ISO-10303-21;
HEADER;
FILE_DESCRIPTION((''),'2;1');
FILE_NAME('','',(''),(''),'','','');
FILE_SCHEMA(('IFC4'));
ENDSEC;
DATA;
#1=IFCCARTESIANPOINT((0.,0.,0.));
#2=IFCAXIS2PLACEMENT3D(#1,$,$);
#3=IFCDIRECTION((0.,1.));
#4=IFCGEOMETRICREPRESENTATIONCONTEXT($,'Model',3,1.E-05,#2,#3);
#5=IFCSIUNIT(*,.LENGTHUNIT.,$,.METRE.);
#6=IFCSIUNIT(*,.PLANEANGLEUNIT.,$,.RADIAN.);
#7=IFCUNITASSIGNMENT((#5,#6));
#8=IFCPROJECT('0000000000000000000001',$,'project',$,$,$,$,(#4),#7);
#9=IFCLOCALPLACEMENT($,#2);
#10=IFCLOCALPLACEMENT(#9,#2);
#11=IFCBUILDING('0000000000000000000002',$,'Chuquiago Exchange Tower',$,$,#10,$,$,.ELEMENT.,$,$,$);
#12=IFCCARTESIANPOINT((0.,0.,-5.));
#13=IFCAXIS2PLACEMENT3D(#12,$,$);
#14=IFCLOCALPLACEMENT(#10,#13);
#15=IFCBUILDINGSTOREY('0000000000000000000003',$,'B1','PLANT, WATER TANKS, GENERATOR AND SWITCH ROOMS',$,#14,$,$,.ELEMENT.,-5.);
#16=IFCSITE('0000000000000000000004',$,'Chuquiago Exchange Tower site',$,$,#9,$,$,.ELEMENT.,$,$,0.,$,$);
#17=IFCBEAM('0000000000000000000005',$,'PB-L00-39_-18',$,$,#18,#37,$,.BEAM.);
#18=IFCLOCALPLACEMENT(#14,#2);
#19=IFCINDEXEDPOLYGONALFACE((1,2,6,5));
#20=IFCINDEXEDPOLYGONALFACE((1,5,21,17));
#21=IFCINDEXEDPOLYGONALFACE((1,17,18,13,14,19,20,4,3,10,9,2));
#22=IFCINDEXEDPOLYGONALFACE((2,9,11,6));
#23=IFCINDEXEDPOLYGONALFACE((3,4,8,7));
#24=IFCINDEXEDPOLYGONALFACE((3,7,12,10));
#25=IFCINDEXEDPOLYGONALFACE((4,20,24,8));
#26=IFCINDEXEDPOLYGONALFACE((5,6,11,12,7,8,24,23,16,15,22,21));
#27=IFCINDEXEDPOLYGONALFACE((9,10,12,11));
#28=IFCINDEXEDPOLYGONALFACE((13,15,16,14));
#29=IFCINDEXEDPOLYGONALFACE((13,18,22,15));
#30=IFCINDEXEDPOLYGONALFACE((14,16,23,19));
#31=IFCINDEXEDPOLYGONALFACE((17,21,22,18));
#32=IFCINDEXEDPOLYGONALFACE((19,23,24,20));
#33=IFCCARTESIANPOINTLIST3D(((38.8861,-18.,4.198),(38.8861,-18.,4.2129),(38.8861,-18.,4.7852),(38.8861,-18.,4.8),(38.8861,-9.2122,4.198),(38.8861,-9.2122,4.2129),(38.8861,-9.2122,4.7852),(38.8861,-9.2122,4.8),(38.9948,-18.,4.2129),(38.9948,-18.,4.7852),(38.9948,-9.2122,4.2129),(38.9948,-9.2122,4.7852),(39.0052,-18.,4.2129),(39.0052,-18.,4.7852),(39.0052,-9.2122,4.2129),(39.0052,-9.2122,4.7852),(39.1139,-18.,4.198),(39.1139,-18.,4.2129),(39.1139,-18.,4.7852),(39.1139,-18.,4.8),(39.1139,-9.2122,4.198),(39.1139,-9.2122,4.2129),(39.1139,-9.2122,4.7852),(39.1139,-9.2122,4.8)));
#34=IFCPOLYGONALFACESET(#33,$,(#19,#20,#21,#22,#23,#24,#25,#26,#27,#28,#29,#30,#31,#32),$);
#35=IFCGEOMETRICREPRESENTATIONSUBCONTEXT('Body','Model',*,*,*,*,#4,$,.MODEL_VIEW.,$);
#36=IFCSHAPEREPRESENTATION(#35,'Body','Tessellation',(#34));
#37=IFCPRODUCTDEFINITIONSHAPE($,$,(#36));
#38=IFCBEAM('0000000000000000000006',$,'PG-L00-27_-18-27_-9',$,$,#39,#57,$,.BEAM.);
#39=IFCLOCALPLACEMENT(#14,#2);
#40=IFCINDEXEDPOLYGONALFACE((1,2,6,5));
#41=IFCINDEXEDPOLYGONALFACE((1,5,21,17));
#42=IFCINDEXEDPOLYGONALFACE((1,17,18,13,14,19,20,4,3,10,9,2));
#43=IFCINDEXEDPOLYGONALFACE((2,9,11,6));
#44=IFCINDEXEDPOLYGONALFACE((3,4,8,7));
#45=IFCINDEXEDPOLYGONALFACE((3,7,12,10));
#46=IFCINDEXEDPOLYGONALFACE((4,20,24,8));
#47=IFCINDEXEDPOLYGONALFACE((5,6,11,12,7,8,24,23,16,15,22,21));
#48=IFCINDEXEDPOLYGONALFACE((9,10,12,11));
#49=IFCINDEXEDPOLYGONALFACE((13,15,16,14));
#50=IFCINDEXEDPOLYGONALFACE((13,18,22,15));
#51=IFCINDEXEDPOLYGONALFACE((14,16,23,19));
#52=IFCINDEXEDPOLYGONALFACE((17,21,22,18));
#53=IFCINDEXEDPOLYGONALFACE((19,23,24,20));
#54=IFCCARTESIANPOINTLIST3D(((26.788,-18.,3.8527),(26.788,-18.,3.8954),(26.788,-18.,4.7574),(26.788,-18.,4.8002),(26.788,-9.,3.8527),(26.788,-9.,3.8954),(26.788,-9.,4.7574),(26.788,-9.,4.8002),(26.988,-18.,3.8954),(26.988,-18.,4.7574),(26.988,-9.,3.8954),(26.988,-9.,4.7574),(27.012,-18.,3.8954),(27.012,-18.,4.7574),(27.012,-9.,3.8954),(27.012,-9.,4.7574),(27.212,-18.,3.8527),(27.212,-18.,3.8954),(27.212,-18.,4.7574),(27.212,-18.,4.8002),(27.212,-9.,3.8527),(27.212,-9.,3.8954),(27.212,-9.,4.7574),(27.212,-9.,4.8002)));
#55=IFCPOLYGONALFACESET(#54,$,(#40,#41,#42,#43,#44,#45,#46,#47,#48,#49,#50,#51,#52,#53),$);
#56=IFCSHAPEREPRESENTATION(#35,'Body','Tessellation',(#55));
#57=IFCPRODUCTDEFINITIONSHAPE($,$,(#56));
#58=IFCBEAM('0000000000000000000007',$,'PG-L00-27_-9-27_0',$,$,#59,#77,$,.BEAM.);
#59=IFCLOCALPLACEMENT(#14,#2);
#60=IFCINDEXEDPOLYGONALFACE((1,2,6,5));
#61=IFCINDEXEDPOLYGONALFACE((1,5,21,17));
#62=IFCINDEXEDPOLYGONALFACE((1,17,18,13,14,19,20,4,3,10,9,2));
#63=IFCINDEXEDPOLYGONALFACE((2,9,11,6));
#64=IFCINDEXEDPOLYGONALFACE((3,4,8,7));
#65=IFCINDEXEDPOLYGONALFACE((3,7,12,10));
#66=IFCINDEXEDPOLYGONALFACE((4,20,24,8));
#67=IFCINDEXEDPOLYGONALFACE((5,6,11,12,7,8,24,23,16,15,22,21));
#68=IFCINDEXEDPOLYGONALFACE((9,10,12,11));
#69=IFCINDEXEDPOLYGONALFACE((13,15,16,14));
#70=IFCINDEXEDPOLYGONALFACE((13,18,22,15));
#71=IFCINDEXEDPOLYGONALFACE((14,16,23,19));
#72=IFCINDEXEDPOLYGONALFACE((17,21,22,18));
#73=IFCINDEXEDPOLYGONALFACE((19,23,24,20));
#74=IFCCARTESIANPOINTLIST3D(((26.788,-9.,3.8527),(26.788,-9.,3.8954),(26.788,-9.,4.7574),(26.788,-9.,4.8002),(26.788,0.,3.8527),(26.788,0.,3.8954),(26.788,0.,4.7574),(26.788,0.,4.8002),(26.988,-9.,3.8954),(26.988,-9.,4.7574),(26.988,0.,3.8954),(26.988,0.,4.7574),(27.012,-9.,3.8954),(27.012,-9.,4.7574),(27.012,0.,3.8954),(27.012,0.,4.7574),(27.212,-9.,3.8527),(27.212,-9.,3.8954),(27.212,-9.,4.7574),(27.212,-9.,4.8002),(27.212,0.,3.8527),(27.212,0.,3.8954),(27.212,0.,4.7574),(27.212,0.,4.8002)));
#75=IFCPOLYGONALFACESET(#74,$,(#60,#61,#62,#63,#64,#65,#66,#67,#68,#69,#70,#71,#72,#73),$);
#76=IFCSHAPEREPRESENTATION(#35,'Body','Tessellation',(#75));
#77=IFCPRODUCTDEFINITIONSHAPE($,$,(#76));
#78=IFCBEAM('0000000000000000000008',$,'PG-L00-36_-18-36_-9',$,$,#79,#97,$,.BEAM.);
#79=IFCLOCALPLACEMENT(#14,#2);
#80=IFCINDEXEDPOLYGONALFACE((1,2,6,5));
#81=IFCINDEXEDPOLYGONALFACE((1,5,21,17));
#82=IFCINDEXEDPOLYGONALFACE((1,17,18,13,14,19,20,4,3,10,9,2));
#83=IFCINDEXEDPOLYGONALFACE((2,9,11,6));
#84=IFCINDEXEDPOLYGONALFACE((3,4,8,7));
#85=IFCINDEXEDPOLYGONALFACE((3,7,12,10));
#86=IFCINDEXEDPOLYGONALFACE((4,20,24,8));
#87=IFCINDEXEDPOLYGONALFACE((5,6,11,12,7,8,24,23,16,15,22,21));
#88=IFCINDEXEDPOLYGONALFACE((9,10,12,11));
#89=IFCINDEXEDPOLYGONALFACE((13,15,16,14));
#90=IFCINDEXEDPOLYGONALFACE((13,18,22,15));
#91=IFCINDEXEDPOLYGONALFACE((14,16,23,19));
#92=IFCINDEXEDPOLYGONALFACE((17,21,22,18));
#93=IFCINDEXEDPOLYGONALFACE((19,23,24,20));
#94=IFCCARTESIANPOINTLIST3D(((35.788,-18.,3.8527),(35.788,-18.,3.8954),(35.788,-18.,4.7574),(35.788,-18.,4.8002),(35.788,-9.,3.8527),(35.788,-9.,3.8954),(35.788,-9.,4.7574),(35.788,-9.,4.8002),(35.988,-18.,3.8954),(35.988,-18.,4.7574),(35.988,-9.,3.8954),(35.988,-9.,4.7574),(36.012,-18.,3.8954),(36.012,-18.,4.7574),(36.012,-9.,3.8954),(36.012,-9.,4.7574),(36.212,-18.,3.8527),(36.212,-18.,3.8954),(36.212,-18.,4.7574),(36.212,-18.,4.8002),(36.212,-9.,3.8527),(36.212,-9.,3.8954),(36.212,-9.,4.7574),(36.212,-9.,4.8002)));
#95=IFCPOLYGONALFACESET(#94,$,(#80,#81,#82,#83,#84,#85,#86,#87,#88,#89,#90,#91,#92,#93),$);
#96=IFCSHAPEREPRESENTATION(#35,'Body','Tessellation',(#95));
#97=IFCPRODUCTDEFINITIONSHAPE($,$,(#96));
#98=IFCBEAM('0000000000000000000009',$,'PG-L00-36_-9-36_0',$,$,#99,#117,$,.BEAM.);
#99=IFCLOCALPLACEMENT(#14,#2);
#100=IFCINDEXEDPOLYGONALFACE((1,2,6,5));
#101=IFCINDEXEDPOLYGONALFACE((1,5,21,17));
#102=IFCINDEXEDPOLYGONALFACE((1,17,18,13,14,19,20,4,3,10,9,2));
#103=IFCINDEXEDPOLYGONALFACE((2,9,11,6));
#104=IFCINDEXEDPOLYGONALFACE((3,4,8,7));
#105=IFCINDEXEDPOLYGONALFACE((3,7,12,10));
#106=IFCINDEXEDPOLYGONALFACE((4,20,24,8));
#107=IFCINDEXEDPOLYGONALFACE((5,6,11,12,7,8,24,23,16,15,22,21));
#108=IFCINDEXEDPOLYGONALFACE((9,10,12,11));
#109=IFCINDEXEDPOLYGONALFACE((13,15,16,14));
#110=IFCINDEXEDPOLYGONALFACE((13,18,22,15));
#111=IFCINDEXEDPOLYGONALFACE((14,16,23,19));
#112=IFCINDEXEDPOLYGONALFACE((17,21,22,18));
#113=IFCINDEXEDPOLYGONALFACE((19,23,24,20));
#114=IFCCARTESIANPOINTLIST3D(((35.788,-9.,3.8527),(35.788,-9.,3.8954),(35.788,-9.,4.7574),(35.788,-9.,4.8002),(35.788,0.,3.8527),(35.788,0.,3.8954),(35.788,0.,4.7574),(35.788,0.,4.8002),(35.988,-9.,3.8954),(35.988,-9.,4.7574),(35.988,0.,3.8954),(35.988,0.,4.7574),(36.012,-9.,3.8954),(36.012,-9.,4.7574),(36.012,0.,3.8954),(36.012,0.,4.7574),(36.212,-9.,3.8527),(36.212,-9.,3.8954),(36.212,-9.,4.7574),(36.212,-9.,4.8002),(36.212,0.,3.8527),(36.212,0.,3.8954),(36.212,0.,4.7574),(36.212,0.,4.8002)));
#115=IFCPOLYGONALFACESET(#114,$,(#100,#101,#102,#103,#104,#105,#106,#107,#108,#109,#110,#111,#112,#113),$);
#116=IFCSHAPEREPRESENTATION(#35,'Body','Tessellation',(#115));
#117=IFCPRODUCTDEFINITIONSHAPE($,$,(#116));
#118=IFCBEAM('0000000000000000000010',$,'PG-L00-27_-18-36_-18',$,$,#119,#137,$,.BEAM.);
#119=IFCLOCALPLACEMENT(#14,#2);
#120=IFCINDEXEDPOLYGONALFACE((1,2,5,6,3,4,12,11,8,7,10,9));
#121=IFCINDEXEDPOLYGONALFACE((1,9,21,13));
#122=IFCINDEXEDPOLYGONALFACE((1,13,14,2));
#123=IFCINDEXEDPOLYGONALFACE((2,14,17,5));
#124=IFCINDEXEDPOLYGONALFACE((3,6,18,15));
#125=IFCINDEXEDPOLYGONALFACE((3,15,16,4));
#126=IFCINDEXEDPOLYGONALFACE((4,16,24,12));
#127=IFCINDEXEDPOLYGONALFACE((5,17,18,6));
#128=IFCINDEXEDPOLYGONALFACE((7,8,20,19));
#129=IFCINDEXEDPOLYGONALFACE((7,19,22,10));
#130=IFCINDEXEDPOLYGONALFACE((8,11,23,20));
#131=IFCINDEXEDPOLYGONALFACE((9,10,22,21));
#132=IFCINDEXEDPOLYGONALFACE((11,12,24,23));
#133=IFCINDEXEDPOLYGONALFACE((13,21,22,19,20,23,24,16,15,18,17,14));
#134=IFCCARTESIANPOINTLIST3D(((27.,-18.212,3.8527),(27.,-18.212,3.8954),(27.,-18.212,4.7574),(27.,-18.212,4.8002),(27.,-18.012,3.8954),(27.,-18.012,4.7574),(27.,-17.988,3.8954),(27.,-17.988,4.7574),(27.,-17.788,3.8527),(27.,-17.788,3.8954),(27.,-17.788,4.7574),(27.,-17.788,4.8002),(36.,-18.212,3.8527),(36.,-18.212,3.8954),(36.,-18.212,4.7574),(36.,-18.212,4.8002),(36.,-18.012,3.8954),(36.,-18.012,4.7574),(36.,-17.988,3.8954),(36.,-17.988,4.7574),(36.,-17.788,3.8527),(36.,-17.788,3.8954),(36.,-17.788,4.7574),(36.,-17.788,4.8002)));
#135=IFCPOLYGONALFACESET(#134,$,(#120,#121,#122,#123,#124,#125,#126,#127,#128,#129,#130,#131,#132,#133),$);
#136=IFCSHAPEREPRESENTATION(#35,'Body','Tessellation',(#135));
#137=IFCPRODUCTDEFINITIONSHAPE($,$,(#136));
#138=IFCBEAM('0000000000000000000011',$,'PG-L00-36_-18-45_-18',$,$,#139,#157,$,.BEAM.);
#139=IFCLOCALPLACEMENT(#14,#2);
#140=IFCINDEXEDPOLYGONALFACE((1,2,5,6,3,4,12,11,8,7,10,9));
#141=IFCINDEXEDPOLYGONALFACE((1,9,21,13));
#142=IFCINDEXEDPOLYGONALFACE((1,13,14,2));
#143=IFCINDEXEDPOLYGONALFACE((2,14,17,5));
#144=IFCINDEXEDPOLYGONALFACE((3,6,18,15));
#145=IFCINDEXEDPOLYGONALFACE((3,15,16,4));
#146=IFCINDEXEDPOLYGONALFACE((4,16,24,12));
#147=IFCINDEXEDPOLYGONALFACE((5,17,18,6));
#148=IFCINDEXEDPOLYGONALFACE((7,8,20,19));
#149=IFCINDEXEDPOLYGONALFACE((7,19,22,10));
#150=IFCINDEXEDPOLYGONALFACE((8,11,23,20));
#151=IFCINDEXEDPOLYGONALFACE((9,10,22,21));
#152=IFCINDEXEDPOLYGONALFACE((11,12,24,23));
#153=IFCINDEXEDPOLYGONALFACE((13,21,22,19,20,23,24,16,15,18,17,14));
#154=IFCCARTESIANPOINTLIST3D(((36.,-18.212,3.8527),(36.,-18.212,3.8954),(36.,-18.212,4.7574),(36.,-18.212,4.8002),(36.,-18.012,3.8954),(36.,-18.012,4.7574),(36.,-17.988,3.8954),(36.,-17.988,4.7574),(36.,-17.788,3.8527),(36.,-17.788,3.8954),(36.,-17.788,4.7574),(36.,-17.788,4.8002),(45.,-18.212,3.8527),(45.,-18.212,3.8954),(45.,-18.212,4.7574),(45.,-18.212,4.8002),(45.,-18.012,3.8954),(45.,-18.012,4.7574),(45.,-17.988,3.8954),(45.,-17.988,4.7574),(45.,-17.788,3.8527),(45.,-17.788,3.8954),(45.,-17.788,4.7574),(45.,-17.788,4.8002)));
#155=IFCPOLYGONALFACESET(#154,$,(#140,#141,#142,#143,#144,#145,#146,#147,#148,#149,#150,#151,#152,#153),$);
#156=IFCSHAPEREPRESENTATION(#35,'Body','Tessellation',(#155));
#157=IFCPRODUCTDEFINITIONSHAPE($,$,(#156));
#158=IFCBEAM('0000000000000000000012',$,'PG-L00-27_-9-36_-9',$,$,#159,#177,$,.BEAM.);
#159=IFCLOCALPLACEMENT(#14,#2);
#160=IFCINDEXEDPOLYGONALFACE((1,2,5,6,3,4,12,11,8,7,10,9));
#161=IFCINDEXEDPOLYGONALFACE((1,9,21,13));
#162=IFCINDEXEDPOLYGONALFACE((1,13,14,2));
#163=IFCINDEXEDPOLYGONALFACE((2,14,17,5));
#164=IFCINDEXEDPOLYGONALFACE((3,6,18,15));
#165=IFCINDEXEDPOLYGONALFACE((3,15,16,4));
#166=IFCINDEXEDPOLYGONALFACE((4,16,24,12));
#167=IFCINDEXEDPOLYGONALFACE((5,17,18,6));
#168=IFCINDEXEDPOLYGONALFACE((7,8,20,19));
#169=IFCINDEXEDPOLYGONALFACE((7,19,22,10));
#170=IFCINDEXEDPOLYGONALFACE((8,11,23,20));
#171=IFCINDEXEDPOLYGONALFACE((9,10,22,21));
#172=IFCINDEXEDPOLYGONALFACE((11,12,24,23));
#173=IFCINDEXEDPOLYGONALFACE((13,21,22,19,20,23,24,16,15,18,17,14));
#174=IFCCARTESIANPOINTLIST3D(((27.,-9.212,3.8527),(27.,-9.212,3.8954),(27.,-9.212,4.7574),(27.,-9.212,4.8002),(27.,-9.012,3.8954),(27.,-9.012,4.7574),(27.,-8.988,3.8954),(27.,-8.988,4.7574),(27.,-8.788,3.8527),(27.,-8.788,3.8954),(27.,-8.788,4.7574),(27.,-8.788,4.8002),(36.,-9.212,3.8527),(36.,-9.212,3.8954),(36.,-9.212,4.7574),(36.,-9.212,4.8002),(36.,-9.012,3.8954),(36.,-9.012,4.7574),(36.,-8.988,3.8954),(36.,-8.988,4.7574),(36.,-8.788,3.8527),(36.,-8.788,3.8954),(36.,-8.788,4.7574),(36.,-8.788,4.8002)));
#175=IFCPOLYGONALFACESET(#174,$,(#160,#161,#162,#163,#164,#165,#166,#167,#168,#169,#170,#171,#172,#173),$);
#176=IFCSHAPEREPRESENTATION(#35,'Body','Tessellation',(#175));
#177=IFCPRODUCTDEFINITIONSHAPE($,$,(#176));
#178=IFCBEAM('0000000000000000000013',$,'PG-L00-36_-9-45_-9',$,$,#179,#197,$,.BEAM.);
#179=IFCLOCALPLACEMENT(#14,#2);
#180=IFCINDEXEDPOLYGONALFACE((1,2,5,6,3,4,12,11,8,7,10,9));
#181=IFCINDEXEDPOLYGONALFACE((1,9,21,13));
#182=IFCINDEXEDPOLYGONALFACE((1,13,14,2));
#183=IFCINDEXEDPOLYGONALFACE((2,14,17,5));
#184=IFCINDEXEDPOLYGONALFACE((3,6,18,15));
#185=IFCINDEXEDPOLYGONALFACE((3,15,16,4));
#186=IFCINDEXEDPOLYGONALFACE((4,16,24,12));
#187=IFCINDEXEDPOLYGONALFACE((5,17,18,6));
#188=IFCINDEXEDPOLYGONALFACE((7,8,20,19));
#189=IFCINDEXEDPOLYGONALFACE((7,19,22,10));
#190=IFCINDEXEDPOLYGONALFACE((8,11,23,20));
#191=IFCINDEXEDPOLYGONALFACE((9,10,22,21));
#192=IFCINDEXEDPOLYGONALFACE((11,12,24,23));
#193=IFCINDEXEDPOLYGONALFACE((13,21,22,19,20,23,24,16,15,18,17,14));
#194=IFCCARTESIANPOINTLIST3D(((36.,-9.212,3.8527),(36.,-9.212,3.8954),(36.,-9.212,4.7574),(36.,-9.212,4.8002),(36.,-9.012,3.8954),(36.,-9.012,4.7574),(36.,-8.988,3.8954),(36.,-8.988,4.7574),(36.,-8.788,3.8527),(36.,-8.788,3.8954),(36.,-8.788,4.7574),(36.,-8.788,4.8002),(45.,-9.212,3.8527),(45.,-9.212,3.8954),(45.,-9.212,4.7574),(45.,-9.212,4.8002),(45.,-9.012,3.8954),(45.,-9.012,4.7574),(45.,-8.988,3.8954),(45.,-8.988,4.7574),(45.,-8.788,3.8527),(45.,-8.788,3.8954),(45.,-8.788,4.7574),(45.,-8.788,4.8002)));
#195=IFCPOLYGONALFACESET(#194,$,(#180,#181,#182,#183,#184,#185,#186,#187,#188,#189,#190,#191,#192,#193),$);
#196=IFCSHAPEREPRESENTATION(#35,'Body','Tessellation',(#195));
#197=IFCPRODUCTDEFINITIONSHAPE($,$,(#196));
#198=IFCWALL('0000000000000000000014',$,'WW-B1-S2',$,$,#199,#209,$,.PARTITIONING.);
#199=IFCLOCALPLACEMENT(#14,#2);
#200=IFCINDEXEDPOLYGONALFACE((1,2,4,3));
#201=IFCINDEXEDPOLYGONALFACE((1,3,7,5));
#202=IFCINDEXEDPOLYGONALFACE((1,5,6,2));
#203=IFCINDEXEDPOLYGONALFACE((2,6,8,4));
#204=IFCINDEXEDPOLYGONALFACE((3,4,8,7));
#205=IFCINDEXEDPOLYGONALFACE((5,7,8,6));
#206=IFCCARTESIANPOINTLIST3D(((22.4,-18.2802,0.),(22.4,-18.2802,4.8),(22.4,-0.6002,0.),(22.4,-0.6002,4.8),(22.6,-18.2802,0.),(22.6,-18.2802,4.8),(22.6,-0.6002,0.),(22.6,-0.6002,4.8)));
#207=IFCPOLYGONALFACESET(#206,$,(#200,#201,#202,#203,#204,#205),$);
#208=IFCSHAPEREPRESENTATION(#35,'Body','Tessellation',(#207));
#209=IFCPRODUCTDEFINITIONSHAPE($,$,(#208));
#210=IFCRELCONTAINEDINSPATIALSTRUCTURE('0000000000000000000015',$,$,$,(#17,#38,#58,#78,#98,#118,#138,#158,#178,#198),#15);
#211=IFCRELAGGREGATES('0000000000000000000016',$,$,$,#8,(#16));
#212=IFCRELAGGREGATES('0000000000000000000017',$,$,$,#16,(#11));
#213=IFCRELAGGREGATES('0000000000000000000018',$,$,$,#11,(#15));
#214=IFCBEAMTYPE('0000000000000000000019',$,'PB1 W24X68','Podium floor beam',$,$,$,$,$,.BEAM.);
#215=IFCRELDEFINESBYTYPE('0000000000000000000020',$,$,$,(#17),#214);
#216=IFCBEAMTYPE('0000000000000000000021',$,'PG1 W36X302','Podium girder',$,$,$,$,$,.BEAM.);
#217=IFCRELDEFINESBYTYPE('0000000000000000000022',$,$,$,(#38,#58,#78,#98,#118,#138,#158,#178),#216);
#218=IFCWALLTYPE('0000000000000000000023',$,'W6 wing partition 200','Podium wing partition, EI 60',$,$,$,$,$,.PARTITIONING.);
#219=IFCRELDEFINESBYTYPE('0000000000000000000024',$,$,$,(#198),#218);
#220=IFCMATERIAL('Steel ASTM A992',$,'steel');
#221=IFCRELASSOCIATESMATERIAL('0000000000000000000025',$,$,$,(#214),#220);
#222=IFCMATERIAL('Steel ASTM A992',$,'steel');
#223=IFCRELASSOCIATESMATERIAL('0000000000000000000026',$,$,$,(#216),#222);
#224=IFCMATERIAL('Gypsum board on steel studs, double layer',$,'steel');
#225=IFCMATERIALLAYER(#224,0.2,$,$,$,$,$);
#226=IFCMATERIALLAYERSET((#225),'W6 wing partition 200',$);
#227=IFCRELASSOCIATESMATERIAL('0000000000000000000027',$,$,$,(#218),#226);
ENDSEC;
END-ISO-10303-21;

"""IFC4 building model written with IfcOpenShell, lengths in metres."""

from ifc_helpers import new_model, si_unit, direction, frame, frame_2d, origin, origin_2d, place, context, subcontext, project, spatial, rectangle, i_section, extrude, material, layer, layer_set, material_profile, profile_set, type_object, element, save


model = new_model("IFC4")

# Units and contexts
model_context = context("Model", 3, precision=1e-05, world=origin(), true_north=direction((0.0, 1.0)))
body_context = subcontext(model_context, "Body", "Model", "MODEL_VIEW")
ifc_project = project(units=[si_unit("LENGTHUNIT", "METRE"), si_unit("PLANEANGLEUNIT", "RADIAN")], contexts=[model_context])

# Site, building, storey
site_placement = place(None, origin())
site = spatial("IfcSite", under=ifc_project, at=site_placement, Name="Chuquiago Exchange Tower site", CompositionType="ELEMENT", RefElevation=0.0)
building_placement = place(site_placement, origin())
building = spatial("IfcBuilding", under=site, at=building_placement, Name="Chuquiago Exchange Tower", CompositionType="ELEMENT")
storey_placement = place(building_placement, frame((0.0, 0.0, -5.0)))
storey = spatial("IfcBuildingStorey", under=building, at=storey_placement, Name="B1", Description="PLANT, WATER TANKS, GENERATOR AND SWITCH ROOMS", CompositionType="ELEMENT", Elevation=-5.0)

# Beams
ifc_material_1 = material(Name="Steel ASTM A992", Category="steel")
ifc_material_profile_1 = material_profile(ifc_material_1, i_section(OverallWidth=0.2278, OverallDepth=0.6021, WebThickness=0.0105, FlangeThickness=0.0149, at=origin_2d()), Name="W24X68")
ifc_profile_set_1 = profile_set([ifc_material_profile_1], Name="Steel ASTM A992")
beam_type_1 = type_object("IfcBeamType", Name="PB1 W24X68", Description="Podium floor beam", PredefinedType="BEAM", material=ifc_profile_set_1)
for number, where, z_axis, x_axis, name in (
    (1, (39.0, -18.0, 4.499), (0.0, 1.0, 0.0), (-1.0, 0.0, 0.0), "PB-L00-39_-18"),
):
    element("IfcBeam", number, at=place(storey_placement, frame(where, z_axis=z_axis, x_axis=x_axis)), inside=storey, type_object=beam_type_1, Name=name, PredefinedType="BEAM", context=body_context, shape_type="SweptSolid", body=[
        extrude(i_section(OverallWidth=0.2278, OverallDepth=0.6021, WebThickness=0.0105, FlangeThickness=0.0149, at=origin_2d()), origin(), (0.0, 0.0, 1.0), 8.7878),
    ])
ifc_material_2 = material(Name="Steel ASTM A992", Category="steel")
ifc_material_profile_2 = material_profile(ifc_material_2, i_section(OverallWidth=0.4241, OverallDepth=0.9475, WebThickness=0.0239, FlangeThickness=0.0427, at=origin_2d()), Name="W36X302")
ifc_profile_set_2 = profile_set([ifc_material_profile_2], Name="Steel ASTM A992")
beam_type_2 = type_object("IfcBeamType", Name="PG1 W36X302", Description="Podium girder", PredefinedType="BEAM", material=ifc_profile_set_2)
for number, where, z_axis, x_axis, name in (
    (2, (27.0, -18.0, 4.3264), (0.0, 1.0, 0.0), (-1.0, 0.0, 0.0), "PG-L00-27_-18-27_-9"),
    (3, (27.0, -9.0, 4.3264), (0.0, 1.0, 0.0), (-1.0, 0.0, 0.0), "PG-L00-27_-9-27_0"),
    (4, (36.0, -18.0, 4.3264), (0.0, 1.0, 0.0), (-1.0, 0.0, 0.0), "PG-L00-36_-18-36_-9"),
    (5, (36.0, -9.0, 4.3264), (0.0, 1.0, 0.0), (-1.0, 0.0, 0.0), "PG-L00-36_-9-36_0"),
    (6, (27.0, -18.0, 4.3264), (1.0, 0.0, 0.0), (0.0, 1.0, 0.0), "PG-L00-27_-18-36_-18"),
    (7, (36.0, -18.0, 4.3264), (1.0, 0.0, 0.0), (0.0, 1.0, 0.0), "PG-L00-36_-18-45_-18"),
    (8, (27.0, -9.0, 4.3264), (1.0, 0.0, 0.0), (0.0, 1.0, 0.0), "PG-L00-27_-9-36_-9"),
    (9, (36.0, -9.0, 4.3264), (1.0, 0.0, 0.0), (0.0, 1.0, 0.0), "PG-L00-36_-9-45_-9"),
):
    element("IfcBeam", number, at=place(storey_placement, frame(where, z_axis=z_axis, x_axis=x_axis)), inside=storey, type_object=beam_type_2, Name=name, PredefinedType="BEAM", context=body_context, shape_type="SweptSolid", body=[
        extrude(i_section(OverallWidth=0.4241, OverallDepth=0.9475, WebThickness=0.0239, FlangeThickness=0.0427, at=origin_2d()), origin(), (0.0, 0.0, 1.0), 9.0),
    ])

# Wall
ifc_material_3 = material(Name="Gypsum board on steel studs, double layer", Category="steel")
ifc_layer = layer(ifc_material_3, 0.2)
ifc_layer_set = layer_set([ifc_layer], Name="W6 wing partition 200")
wall_type = type_object("IfcWallType", Name="W6 wing partition 200", Description="Podium wing partition, EI 60", PredefinedType="PARTITIONING", material=ifc_layer_set)
wall_placement = place(storey_placement, frame((22.5, -18.28, 0.0), z_axis=(0.0, 0.0, 1.0), x_axis=(0.0, 1.0, 0.0)))
element("IfcWall", 10, at=wall_placement, inside=storey, type_object=wall_type, Name="WW-B1-S2", PredefinedType="PARTITIONING", context=body_context, shape_type="SweptSolid", body=[
    extrude(rectangle(XDim=17.6799, YDim=0.2, at=frame_2d((8.8398, 0.0))), origin(), (0.0, 0.0, 1.0), 4.8),
])

save(model, "model.ifc")
